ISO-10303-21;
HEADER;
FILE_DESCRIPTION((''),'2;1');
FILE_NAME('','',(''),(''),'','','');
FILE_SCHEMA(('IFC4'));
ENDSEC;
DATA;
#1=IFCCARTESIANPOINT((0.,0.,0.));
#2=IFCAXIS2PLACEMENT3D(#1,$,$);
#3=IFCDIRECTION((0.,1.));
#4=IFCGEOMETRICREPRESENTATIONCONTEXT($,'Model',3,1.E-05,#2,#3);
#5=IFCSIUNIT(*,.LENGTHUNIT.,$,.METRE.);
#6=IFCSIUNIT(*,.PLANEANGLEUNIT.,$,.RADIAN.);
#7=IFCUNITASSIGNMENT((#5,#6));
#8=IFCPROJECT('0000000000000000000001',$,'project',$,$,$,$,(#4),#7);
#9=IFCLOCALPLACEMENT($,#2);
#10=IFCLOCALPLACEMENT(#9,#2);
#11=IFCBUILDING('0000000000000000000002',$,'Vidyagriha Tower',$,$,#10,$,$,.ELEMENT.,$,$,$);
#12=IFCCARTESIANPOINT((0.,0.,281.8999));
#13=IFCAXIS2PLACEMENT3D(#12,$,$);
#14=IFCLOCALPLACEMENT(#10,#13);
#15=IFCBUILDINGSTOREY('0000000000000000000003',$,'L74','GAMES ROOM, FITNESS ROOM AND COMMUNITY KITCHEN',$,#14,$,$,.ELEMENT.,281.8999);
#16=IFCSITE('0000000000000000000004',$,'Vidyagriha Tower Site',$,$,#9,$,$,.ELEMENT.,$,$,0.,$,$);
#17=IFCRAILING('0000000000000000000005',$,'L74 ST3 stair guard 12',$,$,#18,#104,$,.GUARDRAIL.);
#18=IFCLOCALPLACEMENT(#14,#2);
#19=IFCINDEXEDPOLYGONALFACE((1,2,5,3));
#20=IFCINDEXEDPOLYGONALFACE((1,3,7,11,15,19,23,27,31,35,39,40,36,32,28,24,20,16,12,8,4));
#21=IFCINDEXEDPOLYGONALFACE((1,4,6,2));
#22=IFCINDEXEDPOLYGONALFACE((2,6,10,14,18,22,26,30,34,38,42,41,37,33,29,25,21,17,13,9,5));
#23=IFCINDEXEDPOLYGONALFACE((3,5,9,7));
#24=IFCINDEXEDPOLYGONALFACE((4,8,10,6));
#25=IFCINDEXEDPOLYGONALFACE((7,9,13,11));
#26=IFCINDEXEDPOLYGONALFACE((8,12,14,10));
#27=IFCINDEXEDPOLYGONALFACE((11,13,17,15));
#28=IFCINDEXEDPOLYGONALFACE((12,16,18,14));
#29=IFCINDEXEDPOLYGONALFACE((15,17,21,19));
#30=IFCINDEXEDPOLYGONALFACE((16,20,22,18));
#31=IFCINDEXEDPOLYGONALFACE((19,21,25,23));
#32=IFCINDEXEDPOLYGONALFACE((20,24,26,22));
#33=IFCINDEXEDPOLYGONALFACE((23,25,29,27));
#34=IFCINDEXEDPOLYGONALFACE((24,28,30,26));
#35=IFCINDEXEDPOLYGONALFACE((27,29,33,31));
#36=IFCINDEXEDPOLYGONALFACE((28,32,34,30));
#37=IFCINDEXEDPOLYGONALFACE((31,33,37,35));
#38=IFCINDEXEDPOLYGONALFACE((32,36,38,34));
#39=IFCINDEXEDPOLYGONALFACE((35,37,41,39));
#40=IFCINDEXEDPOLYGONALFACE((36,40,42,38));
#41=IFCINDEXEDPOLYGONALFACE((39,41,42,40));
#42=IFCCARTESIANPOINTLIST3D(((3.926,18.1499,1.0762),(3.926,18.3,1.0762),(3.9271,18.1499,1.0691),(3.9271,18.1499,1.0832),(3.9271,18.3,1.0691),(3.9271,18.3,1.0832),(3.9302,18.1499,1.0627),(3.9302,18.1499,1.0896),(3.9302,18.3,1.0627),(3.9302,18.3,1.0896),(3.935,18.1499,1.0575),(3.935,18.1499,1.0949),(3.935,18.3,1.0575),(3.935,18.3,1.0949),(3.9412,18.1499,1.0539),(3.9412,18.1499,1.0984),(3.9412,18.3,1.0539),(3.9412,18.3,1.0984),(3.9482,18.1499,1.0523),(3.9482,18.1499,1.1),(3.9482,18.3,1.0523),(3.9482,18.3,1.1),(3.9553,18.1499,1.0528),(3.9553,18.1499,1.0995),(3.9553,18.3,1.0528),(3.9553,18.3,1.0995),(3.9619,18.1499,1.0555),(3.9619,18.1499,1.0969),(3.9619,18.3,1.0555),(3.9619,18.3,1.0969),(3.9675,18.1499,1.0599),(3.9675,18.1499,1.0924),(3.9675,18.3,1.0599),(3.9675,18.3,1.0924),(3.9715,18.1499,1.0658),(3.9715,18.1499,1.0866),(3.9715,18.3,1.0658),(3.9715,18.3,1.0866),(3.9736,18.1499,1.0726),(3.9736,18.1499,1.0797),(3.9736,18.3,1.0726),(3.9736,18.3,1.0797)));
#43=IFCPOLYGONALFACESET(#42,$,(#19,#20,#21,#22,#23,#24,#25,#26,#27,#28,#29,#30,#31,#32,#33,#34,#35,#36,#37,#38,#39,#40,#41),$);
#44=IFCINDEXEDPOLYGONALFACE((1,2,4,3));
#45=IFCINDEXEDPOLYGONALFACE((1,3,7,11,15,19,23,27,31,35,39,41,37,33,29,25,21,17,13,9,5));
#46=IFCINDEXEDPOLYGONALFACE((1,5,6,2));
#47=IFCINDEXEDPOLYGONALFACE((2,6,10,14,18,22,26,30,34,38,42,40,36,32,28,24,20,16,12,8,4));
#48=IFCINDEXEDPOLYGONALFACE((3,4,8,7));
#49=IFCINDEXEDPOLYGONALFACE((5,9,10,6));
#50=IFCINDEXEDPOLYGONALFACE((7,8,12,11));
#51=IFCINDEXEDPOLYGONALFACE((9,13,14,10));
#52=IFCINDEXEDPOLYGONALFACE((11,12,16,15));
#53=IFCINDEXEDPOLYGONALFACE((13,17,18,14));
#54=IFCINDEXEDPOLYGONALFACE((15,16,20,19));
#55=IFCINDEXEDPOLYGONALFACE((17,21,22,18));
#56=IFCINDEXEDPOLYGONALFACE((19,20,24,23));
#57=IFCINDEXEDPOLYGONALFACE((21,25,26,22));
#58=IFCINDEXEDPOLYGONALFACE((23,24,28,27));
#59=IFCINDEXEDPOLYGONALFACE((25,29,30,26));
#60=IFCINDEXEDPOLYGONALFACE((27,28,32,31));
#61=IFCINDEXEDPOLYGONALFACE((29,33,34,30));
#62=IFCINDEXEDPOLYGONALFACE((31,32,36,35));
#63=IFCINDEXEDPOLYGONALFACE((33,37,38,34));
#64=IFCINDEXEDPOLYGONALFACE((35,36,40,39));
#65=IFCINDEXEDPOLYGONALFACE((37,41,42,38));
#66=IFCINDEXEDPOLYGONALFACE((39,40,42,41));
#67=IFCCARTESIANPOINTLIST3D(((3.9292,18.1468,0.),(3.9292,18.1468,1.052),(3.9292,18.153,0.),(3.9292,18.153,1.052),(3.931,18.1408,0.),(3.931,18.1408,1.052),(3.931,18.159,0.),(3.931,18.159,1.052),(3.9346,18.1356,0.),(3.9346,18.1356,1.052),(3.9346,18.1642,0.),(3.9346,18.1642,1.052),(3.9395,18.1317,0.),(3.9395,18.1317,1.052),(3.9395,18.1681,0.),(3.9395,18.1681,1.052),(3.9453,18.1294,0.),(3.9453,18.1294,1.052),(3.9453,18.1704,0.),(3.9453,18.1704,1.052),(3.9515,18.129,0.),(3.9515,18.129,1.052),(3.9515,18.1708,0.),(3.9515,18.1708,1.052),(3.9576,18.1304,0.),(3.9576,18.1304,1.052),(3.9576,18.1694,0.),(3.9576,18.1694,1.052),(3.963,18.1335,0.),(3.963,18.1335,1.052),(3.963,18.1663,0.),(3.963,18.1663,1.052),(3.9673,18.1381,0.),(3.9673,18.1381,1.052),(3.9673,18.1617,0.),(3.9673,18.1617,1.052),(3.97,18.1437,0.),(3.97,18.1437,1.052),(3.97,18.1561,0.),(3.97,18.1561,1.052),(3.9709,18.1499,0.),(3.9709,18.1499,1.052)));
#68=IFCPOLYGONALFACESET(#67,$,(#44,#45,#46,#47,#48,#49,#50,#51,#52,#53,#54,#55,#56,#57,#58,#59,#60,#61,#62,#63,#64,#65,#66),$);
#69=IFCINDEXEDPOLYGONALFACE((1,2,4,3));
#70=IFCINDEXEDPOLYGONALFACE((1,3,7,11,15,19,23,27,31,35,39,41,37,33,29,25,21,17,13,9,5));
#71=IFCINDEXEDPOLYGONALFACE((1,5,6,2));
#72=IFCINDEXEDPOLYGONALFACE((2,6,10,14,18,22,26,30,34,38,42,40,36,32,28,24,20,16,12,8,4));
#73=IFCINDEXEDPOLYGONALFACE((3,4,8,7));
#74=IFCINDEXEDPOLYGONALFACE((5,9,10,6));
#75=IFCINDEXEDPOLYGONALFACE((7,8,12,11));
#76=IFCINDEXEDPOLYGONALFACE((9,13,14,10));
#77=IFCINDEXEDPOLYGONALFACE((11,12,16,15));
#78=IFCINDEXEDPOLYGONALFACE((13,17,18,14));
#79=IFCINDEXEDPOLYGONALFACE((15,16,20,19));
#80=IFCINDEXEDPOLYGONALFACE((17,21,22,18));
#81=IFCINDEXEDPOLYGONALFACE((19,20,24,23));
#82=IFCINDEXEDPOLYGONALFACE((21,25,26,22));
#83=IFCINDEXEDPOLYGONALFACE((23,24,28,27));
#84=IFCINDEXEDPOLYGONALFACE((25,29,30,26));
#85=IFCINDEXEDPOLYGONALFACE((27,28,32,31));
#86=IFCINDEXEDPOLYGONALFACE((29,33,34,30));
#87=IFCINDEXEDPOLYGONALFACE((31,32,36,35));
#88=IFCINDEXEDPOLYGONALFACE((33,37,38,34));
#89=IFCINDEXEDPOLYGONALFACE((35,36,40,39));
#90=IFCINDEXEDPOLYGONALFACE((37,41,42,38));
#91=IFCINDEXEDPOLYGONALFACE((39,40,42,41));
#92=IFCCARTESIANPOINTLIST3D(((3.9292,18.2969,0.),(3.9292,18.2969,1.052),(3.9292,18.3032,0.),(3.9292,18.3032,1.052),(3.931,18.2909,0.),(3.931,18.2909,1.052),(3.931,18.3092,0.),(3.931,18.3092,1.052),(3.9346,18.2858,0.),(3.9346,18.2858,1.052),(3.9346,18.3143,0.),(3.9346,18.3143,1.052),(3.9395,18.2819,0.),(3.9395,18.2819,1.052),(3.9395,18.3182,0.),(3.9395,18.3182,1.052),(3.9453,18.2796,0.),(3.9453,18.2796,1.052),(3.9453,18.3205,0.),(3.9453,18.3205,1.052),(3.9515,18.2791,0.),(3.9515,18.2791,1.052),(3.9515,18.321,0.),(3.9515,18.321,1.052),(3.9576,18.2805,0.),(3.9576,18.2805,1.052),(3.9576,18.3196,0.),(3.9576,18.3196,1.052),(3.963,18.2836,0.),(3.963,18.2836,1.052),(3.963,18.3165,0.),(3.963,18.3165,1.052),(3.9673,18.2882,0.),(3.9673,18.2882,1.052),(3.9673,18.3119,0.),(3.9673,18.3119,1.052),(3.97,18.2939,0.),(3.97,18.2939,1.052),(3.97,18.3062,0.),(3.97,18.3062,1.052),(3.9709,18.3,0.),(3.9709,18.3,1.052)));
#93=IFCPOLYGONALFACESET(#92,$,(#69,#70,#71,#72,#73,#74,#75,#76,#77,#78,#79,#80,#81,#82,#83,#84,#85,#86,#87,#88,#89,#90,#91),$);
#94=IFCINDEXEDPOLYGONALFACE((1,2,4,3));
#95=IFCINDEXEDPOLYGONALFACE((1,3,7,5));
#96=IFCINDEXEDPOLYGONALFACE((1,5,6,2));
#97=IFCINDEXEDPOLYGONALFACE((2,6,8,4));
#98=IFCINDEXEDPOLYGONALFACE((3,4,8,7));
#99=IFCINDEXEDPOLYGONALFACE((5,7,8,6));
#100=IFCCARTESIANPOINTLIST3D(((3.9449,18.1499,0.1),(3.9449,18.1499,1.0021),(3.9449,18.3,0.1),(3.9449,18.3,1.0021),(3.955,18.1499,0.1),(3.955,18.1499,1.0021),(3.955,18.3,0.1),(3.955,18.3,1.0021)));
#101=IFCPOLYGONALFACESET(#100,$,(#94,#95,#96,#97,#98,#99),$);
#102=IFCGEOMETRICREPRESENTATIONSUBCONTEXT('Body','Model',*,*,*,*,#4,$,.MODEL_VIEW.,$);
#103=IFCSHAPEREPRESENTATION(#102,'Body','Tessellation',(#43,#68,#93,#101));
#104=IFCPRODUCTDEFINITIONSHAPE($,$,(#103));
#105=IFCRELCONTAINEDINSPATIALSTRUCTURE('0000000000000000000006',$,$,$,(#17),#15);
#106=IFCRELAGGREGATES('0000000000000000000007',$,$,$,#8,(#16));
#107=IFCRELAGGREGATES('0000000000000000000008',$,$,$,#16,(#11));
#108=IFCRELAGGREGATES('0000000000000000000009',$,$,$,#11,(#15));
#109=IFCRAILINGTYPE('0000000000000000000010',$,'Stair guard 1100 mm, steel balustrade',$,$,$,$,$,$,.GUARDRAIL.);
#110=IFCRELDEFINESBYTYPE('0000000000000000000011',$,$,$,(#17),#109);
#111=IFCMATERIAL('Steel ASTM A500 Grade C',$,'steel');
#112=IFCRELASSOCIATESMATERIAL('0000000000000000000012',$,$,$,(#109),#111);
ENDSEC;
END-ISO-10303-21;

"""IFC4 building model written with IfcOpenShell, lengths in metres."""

from ifc_helpers import new_model, si_unit, direction, frame, origin, origin_2d, place, context, subcontext, project, spatial, rectangle, circle, extrude, material, type_object, element, save


model = new_model("IFC4")

# Units and contexts
model_context = context("Model", 3, precision=1e-05, world=origin(), true_north=direction((0.0, 1.0)))
body_context = subcontext(model_context, "Body", "Model", "MODEL_VIEW")
ifc_project = project(units=[si_unit("LENGTHUNIT", "METRE"), si_unit("PLANEANGLEUNIT", "RADIAN")], contexts=[model_context])

# Site, building, storey
site_placement = place(None, origin())
site = spatial("IfcSite", under=ifc_project, at=site_placement, Name="Vidyagriha Tower Site", CompositionType="ELEMENT", RefElevation=0.0)
building_placement = place(site_placement, origin())
building = spatial("IfcBuilding", under=site, at=building_placement, Name="Vidyagriha Tower", CompositionType="ELEMENT")
storey_placement = place(building_placement, frame((0.0, 0.0, 281.8999)))
storey = spatial("IfcBuildingStorey", under=building, at=storey_placement, Name="L74", Description="GAMES ROOM, FITNESS ROOM AND COMMUNITY KITCHEN", CompositionType="ELEMENT", Elevation=281.8999)

# Railing
ifc_material_1 = material(Name="Steel ASTM A500 Grade C", Category="steel")
railing_type_1 = type_object("IfcRailingType", Name="Stair guard 1100 mm, steel balustrade", PredefinedType="GUARDRAIL", material=ifc_material_1)
railing_1_placement = place(storey_placement, frame((3.95, 18.1499, 0.0)))
element("IfcRailing", 1, at=railing_1_placement, inside=storey, type_object=railing_type_1, Name="L74 ST3 stair guard 12", PredefinedType="GUARDRAIL", context=body_context, shape_type="SweptSolid", body=[
    extrude(circle(Radius=0.0239, at=origin_2d()), frame((0.0, 0.0, 1.0762), z_axis=(0.0, 1.0, 0.0), x_axis=(-1.0, 0.0, 0.0)), (0.0, 0.0, 1.0), 0.1501),
    extrude(circle(Radius=0.021, at=origin_2d()), origin(), (0.0, 0.0, 1.0), 1.052),
    extrude(circle(Radius=0.021, at=origin_2d()), frame((0.0, 0.1501, 0.0)), (0.0, 0.0, 1.0), 1.052),
    extrude(rectangle(XDim=0.01, YDim=0.9021, at=origin_2d()), frame((0.0, 0.0, 0.551), z_axis=(0.0, 1.0, 0.0), x_axis=(-1.0, 0.0, 0.0)), (0.0, 0.0, 1.0), 0.1501),
])

save(model, "model.ifc")
